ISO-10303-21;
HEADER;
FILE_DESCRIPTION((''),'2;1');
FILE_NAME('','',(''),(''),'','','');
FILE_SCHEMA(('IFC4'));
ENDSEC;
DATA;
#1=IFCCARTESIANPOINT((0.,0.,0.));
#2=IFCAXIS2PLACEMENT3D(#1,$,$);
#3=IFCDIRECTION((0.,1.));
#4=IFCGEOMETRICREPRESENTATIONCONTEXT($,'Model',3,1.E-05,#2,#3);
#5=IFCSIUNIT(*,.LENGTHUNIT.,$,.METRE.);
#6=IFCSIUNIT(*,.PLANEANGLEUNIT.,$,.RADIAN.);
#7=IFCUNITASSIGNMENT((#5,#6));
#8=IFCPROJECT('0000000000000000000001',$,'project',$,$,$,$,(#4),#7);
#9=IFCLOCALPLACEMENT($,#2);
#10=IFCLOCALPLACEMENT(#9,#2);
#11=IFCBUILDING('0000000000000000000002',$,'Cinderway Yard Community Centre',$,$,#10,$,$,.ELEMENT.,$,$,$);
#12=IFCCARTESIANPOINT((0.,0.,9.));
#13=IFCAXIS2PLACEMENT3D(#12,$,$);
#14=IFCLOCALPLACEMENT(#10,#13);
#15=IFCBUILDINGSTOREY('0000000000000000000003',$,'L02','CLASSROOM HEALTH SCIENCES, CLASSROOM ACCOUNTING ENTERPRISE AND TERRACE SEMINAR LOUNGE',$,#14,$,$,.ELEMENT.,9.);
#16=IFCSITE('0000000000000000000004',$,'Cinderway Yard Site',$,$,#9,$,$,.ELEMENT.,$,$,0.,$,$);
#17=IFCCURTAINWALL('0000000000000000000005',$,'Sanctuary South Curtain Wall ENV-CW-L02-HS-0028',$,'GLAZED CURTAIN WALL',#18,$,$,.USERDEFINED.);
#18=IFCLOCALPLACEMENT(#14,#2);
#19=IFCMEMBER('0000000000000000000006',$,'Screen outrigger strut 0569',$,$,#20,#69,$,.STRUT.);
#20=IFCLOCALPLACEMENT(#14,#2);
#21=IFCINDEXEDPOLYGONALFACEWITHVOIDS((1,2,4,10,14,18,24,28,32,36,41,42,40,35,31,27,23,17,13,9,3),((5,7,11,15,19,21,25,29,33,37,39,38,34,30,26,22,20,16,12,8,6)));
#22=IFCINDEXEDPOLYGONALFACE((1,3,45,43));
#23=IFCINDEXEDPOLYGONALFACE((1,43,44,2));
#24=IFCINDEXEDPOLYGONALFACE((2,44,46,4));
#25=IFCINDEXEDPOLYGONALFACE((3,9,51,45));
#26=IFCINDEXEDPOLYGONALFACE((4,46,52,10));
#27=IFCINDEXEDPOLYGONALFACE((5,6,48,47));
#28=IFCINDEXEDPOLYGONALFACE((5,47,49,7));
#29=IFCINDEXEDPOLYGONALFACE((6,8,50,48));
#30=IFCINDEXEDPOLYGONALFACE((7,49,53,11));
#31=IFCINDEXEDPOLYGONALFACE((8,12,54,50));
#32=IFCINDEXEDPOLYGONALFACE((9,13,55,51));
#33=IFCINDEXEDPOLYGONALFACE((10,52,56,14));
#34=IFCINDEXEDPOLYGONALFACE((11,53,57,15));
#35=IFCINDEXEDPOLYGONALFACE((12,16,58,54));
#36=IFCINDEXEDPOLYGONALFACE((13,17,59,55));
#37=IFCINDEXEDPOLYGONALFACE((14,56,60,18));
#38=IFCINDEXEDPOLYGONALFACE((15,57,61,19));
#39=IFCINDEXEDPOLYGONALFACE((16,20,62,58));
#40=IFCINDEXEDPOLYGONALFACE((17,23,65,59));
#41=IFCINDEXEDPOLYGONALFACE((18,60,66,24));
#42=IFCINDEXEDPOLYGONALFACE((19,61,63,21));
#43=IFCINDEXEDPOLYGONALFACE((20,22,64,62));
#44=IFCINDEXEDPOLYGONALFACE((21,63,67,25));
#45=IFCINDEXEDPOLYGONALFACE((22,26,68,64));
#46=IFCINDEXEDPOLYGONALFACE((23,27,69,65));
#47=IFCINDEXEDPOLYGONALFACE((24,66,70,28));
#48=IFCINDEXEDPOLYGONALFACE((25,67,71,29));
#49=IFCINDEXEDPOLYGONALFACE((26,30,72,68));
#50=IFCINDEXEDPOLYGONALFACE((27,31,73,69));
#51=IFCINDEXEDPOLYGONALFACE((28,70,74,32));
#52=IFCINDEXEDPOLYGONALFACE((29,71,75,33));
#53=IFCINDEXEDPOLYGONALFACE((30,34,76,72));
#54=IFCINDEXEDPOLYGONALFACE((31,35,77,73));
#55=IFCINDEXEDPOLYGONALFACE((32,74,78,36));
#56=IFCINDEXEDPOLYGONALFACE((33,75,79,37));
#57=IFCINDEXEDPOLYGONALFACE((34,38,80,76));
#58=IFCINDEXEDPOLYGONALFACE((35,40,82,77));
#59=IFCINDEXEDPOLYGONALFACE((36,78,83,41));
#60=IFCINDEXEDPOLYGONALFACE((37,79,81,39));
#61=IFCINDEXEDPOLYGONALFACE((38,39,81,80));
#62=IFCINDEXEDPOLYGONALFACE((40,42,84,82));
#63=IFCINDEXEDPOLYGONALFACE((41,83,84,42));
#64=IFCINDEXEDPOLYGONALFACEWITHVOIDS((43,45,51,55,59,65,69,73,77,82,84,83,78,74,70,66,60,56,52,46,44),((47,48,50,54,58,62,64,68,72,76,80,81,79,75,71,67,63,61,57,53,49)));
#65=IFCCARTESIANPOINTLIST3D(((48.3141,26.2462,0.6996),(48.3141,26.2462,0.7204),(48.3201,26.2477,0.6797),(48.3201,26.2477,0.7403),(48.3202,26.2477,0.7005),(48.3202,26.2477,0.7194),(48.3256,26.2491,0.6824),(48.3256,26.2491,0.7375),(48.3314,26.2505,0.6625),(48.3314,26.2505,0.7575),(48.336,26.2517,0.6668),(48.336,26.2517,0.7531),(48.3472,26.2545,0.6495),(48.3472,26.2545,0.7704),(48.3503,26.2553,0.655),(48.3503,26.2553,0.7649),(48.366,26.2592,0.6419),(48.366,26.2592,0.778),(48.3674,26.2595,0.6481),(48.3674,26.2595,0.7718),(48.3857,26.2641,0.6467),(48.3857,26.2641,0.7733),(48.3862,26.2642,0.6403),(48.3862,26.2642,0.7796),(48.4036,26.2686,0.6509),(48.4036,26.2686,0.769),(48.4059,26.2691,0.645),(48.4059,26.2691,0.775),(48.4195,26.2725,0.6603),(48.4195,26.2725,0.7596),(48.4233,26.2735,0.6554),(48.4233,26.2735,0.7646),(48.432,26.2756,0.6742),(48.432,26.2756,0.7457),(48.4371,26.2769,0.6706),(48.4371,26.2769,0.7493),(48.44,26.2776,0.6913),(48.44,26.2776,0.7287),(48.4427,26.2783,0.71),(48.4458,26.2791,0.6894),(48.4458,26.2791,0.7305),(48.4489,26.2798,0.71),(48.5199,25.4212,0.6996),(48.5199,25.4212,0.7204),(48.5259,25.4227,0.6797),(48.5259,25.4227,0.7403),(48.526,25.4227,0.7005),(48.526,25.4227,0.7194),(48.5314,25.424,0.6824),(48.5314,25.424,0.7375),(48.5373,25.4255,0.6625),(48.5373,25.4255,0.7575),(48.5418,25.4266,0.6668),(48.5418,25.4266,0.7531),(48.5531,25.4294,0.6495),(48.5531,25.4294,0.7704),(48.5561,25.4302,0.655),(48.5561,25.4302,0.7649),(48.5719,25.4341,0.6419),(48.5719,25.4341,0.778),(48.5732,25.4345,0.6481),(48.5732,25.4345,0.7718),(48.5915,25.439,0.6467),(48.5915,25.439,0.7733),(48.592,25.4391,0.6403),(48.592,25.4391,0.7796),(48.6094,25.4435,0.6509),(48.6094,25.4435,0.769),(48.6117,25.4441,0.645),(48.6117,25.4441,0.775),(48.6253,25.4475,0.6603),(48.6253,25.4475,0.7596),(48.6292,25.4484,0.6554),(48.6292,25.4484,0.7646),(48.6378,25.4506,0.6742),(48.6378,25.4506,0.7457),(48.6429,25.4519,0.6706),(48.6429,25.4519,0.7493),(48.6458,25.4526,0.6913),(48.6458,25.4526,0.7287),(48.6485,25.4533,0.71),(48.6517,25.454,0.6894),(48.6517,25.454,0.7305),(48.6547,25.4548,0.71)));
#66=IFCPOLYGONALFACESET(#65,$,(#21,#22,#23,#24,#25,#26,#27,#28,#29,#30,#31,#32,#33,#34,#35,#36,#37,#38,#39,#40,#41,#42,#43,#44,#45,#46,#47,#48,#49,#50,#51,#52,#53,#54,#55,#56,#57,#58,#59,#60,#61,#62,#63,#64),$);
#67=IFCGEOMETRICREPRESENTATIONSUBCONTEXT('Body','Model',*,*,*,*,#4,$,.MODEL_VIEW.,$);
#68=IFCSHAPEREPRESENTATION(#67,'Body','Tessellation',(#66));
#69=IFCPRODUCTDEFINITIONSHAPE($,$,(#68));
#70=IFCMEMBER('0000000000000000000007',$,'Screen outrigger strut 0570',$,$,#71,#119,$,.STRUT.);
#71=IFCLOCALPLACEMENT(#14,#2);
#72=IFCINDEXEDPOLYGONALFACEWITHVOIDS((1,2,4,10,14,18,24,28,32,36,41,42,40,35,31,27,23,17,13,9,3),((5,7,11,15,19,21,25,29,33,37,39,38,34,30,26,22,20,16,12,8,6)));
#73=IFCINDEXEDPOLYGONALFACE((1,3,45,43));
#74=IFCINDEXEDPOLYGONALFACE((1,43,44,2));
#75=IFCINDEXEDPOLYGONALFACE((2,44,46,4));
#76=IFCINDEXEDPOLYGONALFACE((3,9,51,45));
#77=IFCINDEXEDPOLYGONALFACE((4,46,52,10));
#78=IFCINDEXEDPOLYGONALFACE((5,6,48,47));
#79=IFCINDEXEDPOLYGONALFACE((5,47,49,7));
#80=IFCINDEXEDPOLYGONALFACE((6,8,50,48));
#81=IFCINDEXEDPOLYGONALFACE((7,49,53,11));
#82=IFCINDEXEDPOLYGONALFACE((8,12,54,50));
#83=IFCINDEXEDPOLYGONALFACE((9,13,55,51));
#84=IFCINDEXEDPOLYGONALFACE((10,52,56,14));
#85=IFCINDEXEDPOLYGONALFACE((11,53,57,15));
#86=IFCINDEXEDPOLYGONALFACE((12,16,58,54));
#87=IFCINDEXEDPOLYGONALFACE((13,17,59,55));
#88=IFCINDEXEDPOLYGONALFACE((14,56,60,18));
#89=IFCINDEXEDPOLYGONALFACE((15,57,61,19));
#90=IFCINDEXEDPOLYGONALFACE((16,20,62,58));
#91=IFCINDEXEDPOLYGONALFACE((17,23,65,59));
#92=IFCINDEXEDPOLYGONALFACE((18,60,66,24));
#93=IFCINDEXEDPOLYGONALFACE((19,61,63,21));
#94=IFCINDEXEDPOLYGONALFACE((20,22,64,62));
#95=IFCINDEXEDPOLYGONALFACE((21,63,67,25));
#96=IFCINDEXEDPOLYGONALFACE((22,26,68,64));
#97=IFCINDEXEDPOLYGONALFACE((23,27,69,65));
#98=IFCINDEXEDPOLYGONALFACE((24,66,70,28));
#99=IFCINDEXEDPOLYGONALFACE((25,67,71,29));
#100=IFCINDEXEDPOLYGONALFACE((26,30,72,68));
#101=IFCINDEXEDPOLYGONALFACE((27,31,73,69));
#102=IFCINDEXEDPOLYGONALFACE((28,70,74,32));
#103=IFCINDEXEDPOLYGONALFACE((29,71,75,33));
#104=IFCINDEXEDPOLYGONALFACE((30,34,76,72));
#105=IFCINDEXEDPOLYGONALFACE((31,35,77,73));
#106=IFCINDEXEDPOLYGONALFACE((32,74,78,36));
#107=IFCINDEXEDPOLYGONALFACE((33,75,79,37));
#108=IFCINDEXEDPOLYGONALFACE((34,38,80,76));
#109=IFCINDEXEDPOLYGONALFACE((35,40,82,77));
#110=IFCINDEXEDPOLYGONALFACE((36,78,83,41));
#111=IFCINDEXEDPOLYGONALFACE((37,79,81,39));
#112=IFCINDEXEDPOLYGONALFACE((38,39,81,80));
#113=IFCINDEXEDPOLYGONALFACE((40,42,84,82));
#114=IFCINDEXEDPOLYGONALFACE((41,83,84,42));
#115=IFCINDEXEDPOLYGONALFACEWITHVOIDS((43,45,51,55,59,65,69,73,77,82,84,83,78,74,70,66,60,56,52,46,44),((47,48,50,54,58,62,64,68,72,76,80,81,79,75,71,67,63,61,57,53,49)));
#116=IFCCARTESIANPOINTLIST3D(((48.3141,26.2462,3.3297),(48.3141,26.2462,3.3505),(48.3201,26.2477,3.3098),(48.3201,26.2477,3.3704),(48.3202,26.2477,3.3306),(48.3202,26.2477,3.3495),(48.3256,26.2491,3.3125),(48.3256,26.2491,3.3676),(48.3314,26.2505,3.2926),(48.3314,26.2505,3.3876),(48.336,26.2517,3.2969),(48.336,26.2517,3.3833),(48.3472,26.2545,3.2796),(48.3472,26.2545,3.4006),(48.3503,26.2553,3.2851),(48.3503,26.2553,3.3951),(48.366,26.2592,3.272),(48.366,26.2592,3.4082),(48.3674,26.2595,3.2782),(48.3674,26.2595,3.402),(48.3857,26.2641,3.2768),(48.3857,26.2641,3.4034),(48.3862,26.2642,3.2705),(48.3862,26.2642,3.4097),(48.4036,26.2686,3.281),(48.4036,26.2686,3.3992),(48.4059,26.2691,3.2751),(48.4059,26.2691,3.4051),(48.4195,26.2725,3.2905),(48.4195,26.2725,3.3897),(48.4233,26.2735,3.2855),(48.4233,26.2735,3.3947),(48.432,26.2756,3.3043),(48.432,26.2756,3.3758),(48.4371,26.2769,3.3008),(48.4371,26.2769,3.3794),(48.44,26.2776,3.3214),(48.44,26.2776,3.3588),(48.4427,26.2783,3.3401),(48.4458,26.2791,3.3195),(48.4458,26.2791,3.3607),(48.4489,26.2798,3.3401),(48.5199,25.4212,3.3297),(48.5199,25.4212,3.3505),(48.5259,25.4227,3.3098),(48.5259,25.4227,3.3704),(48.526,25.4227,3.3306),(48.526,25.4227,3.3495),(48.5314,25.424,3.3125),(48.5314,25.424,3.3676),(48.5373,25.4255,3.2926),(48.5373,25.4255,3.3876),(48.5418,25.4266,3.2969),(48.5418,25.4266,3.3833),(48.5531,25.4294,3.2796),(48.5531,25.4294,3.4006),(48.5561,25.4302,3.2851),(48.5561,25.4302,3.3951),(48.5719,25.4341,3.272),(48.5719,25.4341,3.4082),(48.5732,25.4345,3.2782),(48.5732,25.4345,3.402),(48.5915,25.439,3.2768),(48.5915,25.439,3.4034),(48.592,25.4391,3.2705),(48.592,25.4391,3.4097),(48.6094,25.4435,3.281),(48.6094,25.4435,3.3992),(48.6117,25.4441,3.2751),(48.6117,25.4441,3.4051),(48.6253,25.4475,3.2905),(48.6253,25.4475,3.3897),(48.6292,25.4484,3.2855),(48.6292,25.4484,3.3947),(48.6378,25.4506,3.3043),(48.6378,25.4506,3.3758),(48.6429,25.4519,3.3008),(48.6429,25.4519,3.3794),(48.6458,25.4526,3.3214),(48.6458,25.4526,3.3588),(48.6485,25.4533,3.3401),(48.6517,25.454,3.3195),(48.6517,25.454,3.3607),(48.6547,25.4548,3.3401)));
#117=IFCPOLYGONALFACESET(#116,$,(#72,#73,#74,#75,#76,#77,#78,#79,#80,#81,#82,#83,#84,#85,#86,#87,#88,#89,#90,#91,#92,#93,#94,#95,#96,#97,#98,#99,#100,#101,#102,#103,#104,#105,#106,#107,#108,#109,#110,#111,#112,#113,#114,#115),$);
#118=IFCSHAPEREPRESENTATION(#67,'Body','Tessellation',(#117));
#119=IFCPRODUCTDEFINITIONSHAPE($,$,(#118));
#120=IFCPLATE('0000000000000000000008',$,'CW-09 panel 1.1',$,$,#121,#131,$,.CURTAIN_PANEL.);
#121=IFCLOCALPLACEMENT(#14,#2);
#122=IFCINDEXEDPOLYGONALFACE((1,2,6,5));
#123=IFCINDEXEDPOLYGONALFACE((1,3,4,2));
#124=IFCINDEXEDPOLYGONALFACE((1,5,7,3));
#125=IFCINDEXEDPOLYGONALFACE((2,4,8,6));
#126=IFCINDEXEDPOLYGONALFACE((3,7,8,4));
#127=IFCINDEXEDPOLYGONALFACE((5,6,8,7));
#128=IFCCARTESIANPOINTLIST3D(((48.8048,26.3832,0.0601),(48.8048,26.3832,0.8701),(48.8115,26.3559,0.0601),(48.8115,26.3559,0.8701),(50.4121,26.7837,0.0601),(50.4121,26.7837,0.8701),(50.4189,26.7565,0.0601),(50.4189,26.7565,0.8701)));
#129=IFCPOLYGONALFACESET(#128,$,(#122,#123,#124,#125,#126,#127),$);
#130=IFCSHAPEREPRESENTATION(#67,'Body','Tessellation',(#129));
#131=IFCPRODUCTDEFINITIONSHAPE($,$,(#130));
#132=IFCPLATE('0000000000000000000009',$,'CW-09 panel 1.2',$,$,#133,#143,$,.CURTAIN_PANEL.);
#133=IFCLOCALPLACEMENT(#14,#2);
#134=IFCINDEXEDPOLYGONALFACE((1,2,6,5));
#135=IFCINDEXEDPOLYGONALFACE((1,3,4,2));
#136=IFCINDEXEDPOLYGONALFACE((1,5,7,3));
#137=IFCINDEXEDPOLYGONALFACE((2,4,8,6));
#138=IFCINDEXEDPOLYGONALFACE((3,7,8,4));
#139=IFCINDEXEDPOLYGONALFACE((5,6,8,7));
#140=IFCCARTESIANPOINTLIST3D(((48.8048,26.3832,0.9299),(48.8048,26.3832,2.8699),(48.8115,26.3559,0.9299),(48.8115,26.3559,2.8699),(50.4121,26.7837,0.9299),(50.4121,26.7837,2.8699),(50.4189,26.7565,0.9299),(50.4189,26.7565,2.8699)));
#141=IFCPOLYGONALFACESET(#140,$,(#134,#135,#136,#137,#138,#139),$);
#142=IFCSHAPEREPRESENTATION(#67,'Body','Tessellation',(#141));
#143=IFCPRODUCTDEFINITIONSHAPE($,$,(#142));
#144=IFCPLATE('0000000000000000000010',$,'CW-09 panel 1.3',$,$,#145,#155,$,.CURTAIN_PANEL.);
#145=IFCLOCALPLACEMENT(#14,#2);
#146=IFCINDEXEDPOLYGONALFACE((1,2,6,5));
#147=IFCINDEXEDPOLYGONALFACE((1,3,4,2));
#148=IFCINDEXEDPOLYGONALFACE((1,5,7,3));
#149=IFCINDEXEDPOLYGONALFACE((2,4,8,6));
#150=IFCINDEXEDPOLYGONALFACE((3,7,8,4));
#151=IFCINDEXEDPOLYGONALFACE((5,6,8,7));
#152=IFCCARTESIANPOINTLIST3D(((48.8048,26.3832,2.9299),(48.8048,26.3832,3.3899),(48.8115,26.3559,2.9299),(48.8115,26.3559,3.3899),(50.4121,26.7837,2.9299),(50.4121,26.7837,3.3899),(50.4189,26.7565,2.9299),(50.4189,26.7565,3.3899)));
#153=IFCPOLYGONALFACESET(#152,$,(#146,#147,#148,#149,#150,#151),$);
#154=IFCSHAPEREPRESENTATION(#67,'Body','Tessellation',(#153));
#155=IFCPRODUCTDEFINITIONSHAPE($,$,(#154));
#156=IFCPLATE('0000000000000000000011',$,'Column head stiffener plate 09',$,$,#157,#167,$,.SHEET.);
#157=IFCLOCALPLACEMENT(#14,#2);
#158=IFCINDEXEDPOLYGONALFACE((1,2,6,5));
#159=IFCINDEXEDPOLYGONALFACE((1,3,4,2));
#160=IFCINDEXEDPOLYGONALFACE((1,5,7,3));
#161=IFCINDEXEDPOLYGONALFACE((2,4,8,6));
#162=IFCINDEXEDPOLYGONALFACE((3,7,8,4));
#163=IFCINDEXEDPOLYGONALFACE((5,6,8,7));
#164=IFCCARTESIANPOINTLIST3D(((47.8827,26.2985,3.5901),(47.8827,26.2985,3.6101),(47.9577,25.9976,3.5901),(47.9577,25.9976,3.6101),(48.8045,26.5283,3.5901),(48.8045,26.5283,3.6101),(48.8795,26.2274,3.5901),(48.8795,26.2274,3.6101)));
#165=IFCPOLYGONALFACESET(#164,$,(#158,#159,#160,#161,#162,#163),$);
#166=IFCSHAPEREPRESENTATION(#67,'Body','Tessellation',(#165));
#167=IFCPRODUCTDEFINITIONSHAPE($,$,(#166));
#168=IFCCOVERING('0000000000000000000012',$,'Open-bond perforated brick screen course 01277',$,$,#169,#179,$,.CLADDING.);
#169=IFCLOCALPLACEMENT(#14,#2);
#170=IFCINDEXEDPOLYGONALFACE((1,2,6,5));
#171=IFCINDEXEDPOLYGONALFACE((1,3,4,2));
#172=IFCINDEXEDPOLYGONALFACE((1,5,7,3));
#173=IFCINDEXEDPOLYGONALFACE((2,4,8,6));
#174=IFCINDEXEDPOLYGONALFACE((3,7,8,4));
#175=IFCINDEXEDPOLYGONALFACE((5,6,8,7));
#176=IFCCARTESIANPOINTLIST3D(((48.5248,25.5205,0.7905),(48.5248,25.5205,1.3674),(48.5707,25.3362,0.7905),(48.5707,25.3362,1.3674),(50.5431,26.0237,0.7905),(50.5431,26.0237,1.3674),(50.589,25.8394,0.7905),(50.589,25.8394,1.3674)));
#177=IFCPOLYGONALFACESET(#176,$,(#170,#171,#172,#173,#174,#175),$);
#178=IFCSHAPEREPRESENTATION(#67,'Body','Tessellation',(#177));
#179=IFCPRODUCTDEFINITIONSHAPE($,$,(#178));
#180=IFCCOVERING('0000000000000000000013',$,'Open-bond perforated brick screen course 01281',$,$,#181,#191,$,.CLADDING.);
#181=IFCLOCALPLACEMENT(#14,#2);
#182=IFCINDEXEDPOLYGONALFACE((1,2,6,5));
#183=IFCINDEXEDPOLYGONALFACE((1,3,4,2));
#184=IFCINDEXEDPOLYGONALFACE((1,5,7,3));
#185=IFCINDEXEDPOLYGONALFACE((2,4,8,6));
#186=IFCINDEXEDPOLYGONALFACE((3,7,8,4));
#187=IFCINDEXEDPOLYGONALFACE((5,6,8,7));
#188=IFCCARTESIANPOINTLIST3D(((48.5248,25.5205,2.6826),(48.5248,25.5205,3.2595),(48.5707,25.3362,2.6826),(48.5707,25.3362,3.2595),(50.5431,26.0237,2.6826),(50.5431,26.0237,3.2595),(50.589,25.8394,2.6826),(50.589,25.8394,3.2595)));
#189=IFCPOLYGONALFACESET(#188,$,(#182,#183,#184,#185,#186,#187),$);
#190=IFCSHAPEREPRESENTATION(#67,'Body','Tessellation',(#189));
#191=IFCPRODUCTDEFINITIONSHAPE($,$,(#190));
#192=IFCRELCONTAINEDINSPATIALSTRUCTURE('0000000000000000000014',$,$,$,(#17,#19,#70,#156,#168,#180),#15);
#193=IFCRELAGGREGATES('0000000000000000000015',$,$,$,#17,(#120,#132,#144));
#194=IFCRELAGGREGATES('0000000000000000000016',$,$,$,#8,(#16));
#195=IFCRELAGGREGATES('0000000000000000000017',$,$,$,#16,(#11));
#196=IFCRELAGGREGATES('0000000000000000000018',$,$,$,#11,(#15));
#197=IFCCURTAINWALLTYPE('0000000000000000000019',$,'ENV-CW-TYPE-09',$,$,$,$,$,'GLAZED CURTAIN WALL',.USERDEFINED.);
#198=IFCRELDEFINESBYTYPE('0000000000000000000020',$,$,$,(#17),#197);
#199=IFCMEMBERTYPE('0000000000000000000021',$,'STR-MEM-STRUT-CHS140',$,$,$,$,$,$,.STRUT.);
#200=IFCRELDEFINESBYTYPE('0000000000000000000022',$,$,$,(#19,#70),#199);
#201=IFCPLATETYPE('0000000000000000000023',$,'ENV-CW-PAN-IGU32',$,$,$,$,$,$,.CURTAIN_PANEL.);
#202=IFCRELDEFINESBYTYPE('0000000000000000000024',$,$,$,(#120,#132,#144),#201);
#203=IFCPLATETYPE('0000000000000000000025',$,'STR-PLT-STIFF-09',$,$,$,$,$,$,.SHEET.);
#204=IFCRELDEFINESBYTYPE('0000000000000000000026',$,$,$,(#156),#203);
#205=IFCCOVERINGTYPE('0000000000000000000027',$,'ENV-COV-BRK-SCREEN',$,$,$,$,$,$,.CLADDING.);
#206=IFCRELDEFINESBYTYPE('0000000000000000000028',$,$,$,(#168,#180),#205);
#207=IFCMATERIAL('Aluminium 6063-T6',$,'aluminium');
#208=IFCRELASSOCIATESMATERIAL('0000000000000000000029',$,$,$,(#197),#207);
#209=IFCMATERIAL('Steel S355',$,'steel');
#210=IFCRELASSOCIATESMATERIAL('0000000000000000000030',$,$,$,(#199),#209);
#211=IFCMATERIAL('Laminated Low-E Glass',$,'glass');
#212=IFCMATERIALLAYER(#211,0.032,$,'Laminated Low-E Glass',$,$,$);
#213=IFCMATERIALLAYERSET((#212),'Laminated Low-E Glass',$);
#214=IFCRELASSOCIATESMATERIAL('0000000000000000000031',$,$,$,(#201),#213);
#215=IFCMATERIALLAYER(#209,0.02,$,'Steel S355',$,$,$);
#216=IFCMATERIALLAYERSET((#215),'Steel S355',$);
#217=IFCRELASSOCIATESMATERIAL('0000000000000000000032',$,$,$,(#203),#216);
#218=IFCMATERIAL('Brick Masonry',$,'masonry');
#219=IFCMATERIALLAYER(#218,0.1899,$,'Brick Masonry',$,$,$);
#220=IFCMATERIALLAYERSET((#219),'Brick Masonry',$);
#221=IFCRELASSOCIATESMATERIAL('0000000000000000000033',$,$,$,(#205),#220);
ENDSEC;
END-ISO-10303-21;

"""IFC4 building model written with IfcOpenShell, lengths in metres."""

from ifc_helpers import new_model, si_unit, direction, frame, origin, origin_2d, place, context, subcontext, project, spatial, rectangle, hollow_circle, extrude, material, layer, layer_set, material_profile, profile_set, type_object, element, aggregate, save


model = new_model("IFC4")

# Units and contexts
model_context = context("Model", 3, precision=1e-05, world=origin(), true_north=direction((0.0, 1.0)))
body_context = subcontext(model_context, "Body", "Model", "MODEL_VIEW")
ifc_project = project(units=[si_unit("LENGTHUNIT", "METRE"), si_unit("PLANEANGLEUNIT", "RADIAN")], contexts=[model_context])

# Site, building, storey
site_placement = place(None, origin())
site = spatial("IfcSite", under=ifc_project, at=site_placement, Name="Cinderway Yard Site", CompositionType="ELEMENT", RefElevation=0.0)
building_placement = place(site_placement, origin())
building = spatial("IfcBuilding", under=site, at=building_placement, Name="Cinderway Yard Community Centre", CompositionType="ELEMENT")
storey_placement = place(building_placement, frame((0.0, 0.0, 9.0)))
storey = spatial("IfcBuildingStorey", under=building, at=storey_placement, Name="L02", Description="CLASSROOM HEALTH SCIENCES, CLASSROOM ACCOUNTING ENTERPRISE AND TERRACE SEMINAR LOUNGE", CompositionType="ELEMENT", Elevation=9.0)

# Curtain wall
ifc_material_1 = material(Name="Aluminium 6063-T6", Category="aluminium")
curtain_wall_type = type_object("IfcCurtainWallType", Name="ENV-CW-TYPE-09", ElementType="GLAZED CURTAIN WALL", PredefinedType="USERDEFINED", material=ifc_material_1)
curtain_wall_placement = place(storey_placement, origin())
curtain_wall = element("IfcCurtainWall", 1, at=curtain_wall_placement, inside=storey, type_object=curtain_wall_type, Name="Sanctuary South Curtain Wall ENV-CW-L02-HS-0028", ObjectType="GLAZED CURTAIN WALL", PredefinedType="USERDEFINED")

# Shared definitions
ifc_material_2 = material(Name="Steel S355", Category="steel")

# Members
ifc_material_profile_1 = material_profile(ifc_material_2, hollow_circle(Radius=0.0698, WallThickness=0.0063, at=origin_2d()), Name="Steel S355")
ifc_profile_set_1 = profile_set([ifc_material_profile_1], Name="Steel S355")
member_type_1 = type_object("IfcMemberType", Name="STR-MEM-STRUT-CHS140", PredefinedType="STRUT", material=ifc_profile_set_1)
for number, where, z_axis, x_axis, name in (
    (2, (48.3811, 26.2629, 0.71), (0.242063, -0.970261, 0.0), (0.970261, 0.242063, 0.0), "Screen outrigger strut 0569"),
    (3, (48.3811, 26.2629, 3.3401), (0.242063, -0.970261, 0.0), (0.970261, 0.242063, 0.0), "Screen outrigger strut 0570"),
):
    element("IfcMember", number, at=place(storey_placement, frame(where, z_axis=z_axis, x_axis=x_axis)), inside=storey, type_object=member_type_1, Name=name, PredefinedType="STRUT", context=body_context, shape_type="SweptSolid", body=[
        extrude(hollow_circle(Radius=0.0698, WallThickness=0.0063, at=origin_2d()), origin(), (0.0, 0.0, 1.0), 0.8503),
    ])

# Plates
ifc_material_3 = material(Name="Laminated Low-E Glass", Category="glass")
ifc_layer_1 = layer(ifc_material_3, 0.032, Name="Laminated Low-E Glass")
ifc_layer_set_1 = layer_set([ifc_layer_1], Name="Laminated Low-E Glass")
plate_type_1 = type_object("IfcPlateType", Name="ENV-CW-PAN-IGU32", PredefinedType="CURTAIN_PANEL", material=ifc_layer_set_1)
plate_1_placement = place(storey_placement, frame((49.6118, 26.5698, 0.0601), z_axis=(0.0, 0.0, 1.0), x_axis=(0.970322, 0.241817, 0.0)))
plate_1 = element("IfcPlate", 4, at=plate_1_placement, type_object=plate_type_1, Name="CW-09 panel 1.1", PredefinedType="CURTAIN_PANEL", context=body_context, shape_type="SweptSolid", body=[
    extrude(rectangle(XDim=1.6565, YDim=0.0281, at=origin_2d()), origin(), (0.0, 0.0, 1.0), 0.8101),
])
plate_2_placement = place(storey_placement, frame((49.6118, 26.5698, 0.9299), z_axis=(0.0, 0.0, 1.0), x_axis=(0.970322, 0.241817, 0.0)))
plate_2 = element("IfcPlate", 5, at=plate_2_placement, type_object=plate_type_1, Name="CW-09 panel 1.2", PredefinedType="CURTAIN_PANEL", context=body_context, shape_type="SweptSolid", body=[
    extrude(rectangle(XDim=1.6565, YDim=0.0281, at=origin_2d()), origin(), (0.0, 0.0, 1.0), 1.9399),
])
plate_3_placement = place(storey_placement, frame((49.6118, 26.5698, 2.9299), z_axis=(0.0, 0.0, 1.0), x_axis=(0.970322, 0.241817, 0.0)))
plate_3 = element("IfcPlate", 6, at=plate_3_placement, type_object=plate_type_1, Name="CW-09 panel 1.3", PredefinedType="CURTAIN_PANEL", context=body_context, shape_type="SweptSolid", body=[
    extrude(rectangle(XDim=1.6565, YDim=0.0281, at=origin_2d()), origin(), (0.0, 0.0, 1.0), 0.46),
])
aggregate(curtain_wall, [plate_1, plate_2, plate_3])
ifc_layer_2 = layer(ifc_material_2, 0.02, Name="Steel S355")
ifc_layer_set_2 = layer_set([ifc_layer_2], Name="Steel S355")
plate_type_2 = type_object("IfcPlateType", Name="STR-PLT-STIFF-09", PredefinedType="SHEET", material=ifc_layer_set_2)
plate_4_placement = place(storey_placement, frame((48.3811, 26.2629, 3.5901), z_axis=(0.0, 0.0, 1.0), x_axis=(0.970296, 0.241922, 0.0)))
element("IfcPlate", 7, at=plate_4_placement, inside=storey, type_object=plate_type_2, Name="Column head stiffener plate 09", PredefinedType="SHEET", context=body_context, shape_type="SweptSolid", body=[
    extrude(rectangle(XDim=0.95, YDim=0.3101, at=origin_2d()), origin(), (0.0, 0.0, 1.0), 0.02),
])

# Coverings
ifc_material_4 = material(Name="Brick Masonry", Category="masonry")
ifc_layer_3 = layer(ifc_material_4, 0.1899, Name="Brick Masonry")
ifc_layer_set_3 = layer_set([ifc_layer_3], Name="Brick Masonry")
covering_type = type_object("IfcCoveringType", Name="ENV-COV-BRK-SCREEN", PredefinedType="CLADDING", material=ifc_layer_set_3)
for number, where, z_axis, x_axis, name in (
    (8, (49.5569, 25.6799, 0.7905), (0.0, 0.0, 1.0), (-0.970296, -0.241922, 0.0), "Open-bond perforated brick screen course 01277"),
    (9, (49.5569, 25.6799, 2.6826), (0.0, 0.0, 1.0), (-0.970296, -0.241922, 0.0), "Open-bond perforated brick screen course 01281"),
):
    element("IfcCovering", number, at=place(storey_placement, frame(where, z_axis=z_axis, x_axis=x_axis)), inside=storey, type_object=covering_type, Name=name, PredefinedType="CLADDING", context=body_context, shape_type="SweptSolid", body=[
        extrude(rectangle(XDim=2.0801, YDim=0.1899, at=origin_2d()), origin(), (0.0, 0.0, 1.0), 0.5769),
    ])

save(model, "model.ifc")
